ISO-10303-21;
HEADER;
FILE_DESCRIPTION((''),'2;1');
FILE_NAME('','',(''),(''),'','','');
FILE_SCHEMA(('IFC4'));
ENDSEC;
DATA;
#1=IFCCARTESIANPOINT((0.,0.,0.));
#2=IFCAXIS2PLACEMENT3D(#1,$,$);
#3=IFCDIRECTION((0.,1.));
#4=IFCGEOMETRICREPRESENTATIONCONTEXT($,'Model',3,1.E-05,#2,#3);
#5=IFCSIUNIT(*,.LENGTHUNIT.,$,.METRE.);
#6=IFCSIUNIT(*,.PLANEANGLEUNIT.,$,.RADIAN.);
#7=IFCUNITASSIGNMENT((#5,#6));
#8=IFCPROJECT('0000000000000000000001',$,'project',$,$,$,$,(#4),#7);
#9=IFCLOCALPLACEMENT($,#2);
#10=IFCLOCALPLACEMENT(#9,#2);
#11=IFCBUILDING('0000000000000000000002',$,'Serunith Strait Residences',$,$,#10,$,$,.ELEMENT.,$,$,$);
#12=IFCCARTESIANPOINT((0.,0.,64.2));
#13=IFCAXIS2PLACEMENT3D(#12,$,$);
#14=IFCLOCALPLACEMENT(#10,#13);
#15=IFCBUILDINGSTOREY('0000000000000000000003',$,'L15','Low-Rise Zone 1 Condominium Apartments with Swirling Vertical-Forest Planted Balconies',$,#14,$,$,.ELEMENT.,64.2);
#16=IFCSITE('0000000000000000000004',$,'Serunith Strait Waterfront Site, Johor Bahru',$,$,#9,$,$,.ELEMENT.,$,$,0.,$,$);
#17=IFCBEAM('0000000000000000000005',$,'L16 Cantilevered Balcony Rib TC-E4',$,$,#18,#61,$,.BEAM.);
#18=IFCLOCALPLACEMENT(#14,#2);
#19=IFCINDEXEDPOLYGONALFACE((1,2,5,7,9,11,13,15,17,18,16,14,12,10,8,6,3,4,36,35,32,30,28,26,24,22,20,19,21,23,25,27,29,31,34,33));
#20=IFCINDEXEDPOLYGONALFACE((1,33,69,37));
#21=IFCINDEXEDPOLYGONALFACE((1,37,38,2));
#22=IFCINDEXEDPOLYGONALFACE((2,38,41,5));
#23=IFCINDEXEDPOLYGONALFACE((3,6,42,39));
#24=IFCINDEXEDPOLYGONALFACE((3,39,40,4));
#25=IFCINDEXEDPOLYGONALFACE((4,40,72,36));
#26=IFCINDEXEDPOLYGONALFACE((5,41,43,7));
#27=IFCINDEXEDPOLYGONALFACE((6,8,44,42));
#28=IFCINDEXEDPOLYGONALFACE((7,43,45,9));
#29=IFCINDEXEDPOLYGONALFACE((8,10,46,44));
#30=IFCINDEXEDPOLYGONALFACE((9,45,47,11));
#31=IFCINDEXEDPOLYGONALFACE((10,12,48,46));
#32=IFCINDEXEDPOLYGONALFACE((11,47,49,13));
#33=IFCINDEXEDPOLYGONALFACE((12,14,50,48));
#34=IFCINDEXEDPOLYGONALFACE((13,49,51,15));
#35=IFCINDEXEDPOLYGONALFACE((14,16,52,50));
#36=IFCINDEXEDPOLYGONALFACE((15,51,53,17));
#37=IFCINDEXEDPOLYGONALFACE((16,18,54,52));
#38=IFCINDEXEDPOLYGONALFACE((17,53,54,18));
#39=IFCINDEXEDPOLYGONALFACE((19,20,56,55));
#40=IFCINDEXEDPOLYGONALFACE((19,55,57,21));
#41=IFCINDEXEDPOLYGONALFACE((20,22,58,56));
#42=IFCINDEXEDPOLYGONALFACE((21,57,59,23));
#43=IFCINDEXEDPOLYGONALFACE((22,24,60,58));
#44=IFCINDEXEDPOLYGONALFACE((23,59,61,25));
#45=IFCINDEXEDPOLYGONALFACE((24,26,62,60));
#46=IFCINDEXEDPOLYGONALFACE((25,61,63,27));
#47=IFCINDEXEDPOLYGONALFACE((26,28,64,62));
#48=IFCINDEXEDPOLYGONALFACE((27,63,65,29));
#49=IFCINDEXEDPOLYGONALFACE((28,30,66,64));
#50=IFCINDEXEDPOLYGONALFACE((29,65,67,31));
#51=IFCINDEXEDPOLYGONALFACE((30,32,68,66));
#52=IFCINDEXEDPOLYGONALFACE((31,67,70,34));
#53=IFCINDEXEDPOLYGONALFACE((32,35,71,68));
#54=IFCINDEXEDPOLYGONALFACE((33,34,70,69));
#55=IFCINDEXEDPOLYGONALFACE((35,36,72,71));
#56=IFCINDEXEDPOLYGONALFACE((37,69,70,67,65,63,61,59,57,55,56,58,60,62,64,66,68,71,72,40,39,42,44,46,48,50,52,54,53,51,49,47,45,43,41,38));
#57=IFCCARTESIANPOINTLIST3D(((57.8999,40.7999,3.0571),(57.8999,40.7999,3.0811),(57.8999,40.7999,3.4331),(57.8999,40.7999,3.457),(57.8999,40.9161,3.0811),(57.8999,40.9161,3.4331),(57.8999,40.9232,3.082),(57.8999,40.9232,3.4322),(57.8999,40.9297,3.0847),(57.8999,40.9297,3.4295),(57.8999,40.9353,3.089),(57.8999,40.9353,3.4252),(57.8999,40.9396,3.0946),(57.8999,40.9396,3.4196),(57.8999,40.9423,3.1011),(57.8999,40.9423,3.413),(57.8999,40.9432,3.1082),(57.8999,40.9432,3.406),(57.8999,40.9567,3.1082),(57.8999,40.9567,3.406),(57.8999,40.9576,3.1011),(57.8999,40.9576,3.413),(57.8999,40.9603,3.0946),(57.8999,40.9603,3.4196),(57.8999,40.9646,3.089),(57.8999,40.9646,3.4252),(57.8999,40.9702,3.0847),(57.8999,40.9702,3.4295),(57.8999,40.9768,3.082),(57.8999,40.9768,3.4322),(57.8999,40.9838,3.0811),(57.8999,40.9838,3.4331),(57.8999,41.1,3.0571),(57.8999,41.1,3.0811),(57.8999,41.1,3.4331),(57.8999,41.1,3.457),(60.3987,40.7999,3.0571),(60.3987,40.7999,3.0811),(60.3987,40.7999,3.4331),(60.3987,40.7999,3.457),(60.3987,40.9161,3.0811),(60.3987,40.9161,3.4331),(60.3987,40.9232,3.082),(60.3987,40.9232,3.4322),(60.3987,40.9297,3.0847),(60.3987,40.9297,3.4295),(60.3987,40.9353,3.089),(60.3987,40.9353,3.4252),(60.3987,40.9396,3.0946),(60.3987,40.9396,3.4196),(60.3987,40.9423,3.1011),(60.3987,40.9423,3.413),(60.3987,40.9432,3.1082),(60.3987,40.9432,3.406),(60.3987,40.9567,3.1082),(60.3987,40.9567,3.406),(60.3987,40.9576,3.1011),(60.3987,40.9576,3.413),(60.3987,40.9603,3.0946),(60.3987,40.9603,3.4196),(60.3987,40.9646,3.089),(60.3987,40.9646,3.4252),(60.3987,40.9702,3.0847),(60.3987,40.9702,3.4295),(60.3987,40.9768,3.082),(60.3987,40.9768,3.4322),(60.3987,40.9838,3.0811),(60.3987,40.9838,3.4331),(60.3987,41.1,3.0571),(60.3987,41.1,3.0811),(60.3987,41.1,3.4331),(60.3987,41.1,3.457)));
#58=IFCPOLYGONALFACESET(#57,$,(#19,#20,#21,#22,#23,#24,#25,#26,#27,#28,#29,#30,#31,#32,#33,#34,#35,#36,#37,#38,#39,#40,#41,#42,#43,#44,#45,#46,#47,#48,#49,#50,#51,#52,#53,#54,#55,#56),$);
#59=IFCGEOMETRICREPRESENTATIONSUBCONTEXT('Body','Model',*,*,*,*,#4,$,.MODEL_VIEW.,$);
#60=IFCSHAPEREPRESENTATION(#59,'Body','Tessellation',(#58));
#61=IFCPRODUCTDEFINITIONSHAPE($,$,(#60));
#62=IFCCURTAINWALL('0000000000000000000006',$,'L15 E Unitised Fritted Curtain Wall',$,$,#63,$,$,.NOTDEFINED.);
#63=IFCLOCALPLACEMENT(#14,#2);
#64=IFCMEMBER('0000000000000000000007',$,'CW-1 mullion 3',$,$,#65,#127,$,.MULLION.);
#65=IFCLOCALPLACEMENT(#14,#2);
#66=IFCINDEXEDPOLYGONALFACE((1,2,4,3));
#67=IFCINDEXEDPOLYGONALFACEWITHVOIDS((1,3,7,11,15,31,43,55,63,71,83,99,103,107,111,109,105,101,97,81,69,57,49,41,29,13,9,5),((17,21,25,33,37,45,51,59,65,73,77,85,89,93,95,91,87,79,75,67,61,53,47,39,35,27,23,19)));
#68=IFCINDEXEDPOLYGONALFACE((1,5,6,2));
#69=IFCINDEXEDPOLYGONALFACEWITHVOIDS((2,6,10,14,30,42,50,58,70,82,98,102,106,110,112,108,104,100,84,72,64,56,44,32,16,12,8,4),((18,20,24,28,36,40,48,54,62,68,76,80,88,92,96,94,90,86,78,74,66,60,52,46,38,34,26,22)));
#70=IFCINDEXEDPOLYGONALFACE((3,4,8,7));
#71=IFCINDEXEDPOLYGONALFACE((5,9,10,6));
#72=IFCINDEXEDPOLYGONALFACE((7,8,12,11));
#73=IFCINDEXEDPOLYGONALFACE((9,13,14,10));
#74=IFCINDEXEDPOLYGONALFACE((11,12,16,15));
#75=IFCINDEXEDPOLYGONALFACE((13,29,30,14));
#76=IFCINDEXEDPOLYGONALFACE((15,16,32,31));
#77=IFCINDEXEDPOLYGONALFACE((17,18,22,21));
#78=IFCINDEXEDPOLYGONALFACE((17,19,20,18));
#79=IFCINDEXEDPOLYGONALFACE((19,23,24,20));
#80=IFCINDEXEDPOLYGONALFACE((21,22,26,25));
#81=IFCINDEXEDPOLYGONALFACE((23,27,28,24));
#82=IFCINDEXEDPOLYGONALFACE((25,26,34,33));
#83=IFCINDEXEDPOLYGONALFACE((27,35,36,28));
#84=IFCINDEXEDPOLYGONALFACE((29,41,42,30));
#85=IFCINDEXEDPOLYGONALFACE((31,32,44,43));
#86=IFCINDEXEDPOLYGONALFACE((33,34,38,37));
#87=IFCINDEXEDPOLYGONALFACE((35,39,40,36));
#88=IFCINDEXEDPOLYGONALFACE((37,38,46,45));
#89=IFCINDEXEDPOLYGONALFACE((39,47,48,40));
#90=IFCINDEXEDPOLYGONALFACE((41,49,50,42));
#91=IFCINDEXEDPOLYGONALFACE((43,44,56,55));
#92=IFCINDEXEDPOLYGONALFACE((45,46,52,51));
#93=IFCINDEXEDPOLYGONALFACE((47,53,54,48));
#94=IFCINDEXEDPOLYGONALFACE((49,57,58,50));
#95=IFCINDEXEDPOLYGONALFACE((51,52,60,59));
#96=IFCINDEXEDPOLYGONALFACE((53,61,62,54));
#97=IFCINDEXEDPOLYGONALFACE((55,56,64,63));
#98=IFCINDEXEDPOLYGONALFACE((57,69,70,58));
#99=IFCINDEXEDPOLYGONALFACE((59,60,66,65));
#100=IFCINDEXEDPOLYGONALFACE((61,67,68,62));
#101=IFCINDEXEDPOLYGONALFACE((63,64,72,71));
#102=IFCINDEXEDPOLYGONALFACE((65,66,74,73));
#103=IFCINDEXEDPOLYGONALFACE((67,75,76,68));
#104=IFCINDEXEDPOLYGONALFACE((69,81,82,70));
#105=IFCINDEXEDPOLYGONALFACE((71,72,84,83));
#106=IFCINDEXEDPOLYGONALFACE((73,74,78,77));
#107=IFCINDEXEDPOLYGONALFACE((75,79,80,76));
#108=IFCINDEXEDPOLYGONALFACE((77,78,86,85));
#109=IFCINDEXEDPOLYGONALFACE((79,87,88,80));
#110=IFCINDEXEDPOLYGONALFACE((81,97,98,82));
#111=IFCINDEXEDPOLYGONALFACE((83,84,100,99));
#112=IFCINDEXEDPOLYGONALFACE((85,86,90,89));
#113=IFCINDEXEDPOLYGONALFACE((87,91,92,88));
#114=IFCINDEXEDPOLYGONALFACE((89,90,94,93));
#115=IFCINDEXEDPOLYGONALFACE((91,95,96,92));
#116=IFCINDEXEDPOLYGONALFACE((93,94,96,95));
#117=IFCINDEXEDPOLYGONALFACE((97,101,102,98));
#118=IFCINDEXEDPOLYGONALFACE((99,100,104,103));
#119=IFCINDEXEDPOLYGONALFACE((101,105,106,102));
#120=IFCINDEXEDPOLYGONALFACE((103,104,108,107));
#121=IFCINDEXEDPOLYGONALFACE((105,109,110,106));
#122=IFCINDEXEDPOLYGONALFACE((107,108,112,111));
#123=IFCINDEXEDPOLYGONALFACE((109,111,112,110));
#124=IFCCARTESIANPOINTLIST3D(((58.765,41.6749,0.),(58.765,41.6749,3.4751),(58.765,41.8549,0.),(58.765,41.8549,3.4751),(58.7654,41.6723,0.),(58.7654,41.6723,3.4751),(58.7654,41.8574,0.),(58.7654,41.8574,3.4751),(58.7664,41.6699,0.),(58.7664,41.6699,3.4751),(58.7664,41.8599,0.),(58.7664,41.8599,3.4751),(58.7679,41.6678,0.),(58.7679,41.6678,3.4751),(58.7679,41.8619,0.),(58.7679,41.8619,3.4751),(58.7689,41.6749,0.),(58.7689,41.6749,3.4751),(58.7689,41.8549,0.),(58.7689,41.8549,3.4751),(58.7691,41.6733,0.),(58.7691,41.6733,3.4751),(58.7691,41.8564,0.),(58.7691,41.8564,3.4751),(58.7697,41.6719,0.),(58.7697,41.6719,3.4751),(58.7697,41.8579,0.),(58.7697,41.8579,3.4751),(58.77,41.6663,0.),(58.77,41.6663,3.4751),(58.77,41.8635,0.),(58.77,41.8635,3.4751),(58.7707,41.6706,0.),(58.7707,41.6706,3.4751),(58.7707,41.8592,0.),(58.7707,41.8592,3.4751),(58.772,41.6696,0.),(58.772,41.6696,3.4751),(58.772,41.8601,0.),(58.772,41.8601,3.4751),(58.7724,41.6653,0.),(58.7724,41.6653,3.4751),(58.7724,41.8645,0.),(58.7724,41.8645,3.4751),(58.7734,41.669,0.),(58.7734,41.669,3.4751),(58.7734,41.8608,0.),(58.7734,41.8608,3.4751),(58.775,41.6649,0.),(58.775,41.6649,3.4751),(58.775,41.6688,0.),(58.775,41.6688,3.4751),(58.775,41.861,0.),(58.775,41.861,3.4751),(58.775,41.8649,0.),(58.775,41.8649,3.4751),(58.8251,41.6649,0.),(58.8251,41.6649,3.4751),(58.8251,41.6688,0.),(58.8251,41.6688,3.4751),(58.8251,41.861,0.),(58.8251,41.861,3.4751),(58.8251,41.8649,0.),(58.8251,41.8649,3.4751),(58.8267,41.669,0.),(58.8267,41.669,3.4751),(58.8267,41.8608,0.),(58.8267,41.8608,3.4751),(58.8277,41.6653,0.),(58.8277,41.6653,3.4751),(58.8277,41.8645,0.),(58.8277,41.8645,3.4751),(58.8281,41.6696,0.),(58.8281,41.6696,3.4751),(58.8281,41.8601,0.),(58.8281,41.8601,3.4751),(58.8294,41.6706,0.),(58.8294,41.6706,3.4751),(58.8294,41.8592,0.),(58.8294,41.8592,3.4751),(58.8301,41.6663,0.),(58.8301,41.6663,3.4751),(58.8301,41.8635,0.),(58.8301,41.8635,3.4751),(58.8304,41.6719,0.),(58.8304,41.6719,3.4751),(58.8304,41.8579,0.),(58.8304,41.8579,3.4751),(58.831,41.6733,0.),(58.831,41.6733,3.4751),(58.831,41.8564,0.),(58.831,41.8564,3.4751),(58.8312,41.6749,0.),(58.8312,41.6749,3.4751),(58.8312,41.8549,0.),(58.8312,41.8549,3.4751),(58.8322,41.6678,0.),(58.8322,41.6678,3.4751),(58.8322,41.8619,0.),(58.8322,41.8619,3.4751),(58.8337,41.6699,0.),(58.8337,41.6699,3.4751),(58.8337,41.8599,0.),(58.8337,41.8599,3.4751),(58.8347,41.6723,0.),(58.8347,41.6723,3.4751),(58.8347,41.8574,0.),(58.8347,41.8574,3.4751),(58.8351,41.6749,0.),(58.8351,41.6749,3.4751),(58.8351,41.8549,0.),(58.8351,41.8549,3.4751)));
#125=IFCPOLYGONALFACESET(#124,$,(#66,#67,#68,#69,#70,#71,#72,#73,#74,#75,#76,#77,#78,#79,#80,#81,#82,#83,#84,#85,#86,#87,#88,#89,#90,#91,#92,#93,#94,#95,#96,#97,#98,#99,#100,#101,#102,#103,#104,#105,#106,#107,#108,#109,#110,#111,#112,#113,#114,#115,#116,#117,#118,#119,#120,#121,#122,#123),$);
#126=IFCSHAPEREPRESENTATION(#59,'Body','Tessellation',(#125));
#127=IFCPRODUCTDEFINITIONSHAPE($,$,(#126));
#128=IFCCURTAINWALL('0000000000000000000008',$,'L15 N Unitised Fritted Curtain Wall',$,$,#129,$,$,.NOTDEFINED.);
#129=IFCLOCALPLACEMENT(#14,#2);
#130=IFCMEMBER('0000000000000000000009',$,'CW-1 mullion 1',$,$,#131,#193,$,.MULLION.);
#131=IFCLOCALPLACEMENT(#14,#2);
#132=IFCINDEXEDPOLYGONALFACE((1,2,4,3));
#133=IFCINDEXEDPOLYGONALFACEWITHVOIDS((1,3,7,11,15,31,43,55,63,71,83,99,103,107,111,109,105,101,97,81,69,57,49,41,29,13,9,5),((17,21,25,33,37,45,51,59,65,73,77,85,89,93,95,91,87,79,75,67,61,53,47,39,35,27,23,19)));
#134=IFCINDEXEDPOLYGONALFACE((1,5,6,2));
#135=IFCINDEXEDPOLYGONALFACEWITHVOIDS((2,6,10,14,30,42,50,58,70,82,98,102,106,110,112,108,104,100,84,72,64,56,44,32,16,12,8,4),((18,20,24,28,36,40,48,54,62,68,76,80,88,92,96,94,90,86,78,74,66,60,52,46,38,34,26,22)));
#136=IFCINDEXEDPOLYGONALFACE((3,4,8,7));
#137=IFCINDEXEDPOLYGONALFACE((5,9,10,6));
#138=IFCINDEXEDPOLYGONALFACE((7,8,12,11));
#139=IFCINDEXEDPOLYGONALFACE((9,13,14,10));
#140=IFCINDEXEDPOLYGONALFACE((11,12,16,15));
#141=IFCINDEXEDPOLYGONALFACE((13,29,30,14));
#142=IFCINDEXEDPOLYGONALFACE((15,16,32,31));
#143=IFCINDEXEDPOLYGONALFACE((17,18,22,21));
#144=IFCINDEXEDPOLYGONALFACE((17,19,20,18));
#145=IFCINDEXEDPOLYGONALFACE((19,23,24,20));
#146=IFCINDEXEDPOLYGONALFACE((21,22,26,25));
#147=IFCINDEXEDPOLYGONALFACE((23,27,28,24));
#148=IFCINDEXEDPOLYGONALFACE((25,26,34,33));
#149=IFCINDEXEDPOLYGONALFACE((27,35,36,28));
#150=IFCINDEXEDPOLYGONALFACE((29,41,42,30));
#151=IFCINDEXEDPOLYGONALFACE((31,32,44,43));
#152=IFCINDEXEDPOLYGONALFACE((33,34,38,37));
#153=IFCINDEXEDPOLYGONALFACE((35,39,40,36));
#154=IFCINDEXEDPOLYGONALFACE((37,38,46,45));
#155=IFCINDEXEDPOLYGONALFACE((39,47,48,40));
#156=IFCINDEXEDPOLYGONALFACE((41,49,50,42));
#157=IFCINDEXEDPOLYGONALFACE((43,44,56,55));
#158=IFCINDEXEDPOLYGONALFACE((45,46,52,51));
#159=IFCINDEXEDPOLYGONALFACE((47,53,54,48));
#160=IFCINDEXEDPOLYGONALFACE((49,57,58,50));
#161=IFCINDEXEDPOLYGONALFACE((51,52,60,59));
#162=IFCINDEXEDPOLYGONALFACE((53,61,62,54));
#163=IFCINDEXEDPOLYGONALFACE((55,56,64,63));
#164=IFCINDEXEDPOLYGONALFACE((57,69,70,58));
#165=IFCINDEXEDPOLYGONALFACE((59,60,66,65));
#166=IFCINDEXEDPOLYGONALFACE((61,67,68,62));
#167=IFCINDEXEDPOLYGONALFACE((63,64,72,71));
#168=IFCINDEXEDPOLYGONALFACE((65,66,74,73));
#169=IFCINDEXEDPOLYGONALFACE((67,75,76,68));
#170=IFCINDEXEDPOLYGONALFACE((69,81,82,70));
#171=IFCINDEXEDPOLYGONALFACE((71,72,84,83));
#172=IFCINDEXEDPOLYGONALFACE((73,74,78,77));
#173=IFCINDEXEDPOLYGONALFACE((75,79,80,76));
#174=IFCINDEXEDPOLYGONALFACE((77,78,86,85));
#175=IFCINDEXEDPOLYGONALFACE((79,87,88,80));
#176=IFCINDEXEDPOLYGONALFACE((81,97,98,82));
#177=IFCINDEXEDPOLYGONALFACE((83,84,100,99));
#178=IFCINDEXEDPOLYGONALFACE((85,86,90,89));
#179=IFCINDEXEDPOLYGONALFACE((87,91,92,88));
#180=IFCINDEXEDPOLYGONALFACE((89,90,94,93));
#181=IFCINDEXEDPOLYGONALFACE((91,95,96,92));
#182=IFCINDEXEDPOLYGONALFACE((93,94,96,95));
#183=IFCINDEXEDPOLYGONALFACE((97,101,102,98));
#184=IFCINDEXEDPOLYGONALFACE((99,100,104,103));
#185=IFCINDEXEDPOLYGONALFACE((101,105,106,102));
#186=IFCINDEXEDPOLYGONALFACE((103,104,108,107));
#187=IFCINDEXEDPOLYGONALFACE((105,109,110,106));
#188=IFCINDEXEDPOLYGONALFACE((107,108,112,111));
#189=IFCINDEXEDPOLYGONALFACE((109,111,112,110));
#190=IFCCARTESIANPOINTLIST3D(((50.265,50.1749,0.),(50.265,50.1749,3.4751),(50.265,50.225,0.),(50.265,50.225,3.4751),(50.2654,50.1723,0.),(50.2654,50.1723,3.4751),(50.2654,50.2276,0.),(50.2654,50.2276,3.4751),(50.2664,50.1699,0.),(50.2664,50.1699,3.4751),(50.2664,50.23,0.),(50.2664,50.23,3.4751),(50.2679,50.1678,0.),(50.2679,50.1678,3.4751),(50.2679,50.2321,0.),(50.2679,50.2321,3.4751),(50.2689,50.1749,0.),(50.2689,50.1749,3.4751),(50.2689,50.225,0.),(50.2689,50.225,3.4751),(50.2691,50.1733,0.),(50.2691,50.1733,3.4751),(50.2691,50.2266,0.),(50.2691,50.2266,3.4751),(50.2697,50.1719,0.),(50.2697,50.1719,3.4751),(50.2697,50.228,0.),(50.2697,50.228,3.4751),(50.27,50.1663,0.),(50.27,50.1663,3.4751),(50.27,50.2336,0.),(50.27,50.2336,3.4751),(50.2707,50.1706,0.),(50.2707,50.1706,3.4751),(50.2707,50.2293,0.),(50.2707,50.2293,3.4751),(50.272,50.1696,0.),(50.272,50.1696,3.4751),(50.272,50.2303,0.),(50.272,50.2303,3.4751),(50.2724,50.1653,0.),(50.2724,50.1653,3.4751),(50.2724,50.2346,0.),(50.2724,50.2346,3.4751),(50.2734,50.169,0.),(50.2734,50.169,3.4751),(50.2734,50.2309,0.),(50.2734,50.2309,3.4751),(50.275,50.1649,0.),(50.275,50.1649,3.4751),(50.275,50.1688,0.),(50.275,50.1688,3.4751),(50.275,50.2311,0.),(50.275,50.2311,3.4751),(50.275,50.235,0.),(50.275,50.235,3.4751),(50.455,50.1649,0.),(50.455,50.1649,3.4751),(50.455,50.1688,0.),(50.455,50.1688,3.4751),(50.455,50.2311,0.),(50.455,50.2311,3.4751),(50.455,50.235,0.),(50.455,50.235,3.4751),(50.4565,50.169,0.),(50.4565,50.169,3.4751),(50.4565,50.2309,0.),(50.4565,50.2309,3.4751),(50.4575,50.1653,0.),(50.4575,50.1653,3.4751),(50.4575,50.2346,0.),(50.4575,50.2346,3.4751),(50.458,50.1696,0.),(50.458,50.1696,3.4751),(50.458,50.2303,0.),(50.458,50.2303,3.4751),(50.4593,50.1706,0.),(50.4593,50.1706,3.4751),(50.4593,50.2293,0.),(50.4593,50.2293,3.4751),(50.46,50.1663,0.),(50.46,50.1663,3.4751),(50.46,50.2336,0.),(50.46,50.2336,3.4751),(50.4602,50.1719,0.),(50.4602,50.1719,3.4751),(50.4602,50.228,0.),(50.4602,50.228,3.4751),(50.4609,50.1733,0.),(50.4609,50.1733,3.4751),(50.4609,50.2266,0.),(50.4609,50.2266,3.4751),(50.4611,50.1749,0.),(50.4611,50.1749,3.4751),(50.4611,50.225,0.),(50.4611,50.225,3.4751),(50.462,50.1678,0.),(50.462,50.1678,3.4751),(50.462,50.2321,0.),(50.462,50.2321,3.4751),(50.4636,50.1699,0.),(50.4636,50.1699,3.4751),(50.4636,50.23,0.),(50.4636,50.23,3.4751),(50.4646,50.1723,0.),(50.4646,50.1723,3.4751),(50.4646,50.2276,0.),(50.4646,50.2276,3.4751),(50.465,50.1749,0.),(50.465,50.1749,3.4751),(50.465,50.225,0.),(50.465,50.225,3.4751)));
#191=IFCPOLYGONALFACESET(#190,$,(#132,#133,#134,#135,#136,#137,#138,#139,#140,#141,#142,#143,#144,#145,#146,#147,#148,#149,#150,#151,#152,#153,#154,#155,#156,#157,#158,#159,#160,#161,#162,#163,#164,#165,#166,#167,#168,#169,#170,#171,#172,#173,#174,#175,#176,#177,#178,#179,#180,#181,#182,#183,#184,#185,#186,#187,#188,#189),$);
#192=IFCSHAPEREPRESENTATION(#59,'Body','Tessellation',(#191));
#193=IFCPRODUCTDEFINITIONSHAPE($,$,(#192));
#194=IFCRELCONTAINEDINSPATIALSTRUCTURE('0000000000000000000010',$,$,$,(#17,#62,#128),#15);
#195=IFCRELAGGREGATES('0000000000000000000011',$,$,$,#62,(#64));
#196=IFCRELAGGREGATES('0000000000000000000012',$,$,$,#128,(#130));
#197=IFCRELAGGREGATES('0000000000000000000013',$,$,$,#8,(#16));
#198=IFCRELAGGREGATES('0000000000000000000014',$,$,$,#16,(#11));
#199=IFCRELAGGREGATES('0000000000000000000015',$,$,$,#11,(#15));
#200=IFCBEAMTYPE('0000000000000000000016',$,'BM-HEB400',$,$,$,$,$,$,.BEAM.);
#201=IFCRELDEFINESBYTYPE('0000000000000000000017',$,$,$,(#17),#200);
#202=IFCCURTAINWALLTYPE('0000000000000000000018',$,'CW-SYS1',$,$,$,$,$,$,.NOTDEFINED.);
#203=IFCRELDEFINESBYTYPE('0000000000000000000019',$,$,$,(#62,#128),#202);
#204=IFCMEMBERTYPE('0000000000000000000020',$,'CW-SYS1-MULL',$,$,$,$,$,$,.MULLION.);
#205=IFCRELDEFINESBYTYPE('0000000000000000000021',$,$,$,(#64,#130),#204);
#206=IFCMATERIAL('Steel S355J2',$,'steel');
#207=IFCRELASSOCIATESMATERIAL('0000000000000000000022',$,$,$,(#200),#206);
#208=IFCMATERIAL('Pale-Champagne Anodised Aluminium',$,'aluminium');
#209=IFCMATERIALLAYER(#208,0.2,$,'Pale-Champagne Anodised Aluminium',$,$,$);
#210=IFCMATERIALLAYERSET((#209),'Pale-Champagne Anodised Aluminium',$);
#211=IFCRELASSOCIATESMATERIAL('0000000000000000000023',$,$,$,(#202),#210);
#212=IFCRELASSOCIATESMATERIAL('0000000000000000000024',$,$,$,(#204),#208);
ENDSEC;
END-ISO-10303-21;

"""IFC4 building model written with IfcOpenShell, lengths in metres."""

from ifc_helpers import new_model, si_unit, direction, frame, origin, origin_2d, place, context, subcontext, project, spatial, hollow_rectangle, i_section, extrude, source, transform, mapped, material, layer, layer_set, material_profile, profile_set, type_object, element, aggregate, save


model = new_model("IFC4")

# Units and contexts
model_context = context("Model", 3, precision=1e-05, world=origin(), true_north=direction((0.0, 1.0)))
body_context = subcontext(model_context, "Body", "Model", "MODEL_VIEW")
ifc_project = project(units=[si_unit("LENGTHUNIT", "METRE"), si_unit("PLANEANGLEUNIT", "RADIAN")], contexts=[model_context])

# Site, building, storey
site_placement = place(None, origin())
site = spatial("IfcSite", under=ifc_project, at=site_placement, Name="Serunith Strait Waterfront Site, Johor Bahru", CompositionType="ELEMENT", RefElevation=0.0)
building_placement = place(site_placement, origin())
building = spatial("IfcBuilding", under=site, at=building_placement, Name="Serunith Strait Residences", CompositionType="ELEMENT")
storey_placement = place(building_placement, frame((0.0, 0.0, 64.2)))
storey = spatial("IfcBuildingStorey", under=building, at=storey_placement, Name="L15", Description="Low-Rise Zone 1 Condominium Apartments with Swirling Vertical-Forest Planted Balconies", CompositionType="ELEMENT", Elevation=64.2)

# Beam
ifc_material_1 = material(Name="Steel S355J2", Category="steel")
ifc_material_profile_1 = material_profile(ifc_material_1, i_section(OverallWidth=0.3, OverallDepth=0.3999, WebThickness=0.0134, FlangeThickness=0.0239, FilletRadius=0.0271, at=origin_2d()), Name="HEB 400")
ifc_profile_set_1 = profile_set([ifc_material_profile_1], Name="Steel S355J2")
beam_type_1 = type_object("IfcBeamType", Name="BM-HEB400", PredefinedType="BEAM", material=ifc_profile_set_1)
shared_shape_1 = source(origin(), body_context, "Body", "SweptSolid", [
    extrude(i_section(OverallWidth=0.3, OverallDepth=0.3999, WebThickness=0.0134, FlangeThickness=0.0239, FilletRadius=0.0271, at=origin_2d()), origin(), (0.0, 0.0, 1.0), 2.4988),
])
beam_1_placement = place(storey_placement, frame((57.8999, 40.95, 3.2571), z_axis=(1.0, 0.0, 0.0), x_axis=(0.0, 1.0, 0.0)))
element("IfcBeam", 1, at=beam_1_placement, inside=storey, type_object=beam_type_1, Name="L16 Cantilevered Balcony Rib TC-E4", PredefinedType="BEAM", context=body_context, shape_type="MappedRepresentation", body=[
    mapped(shared_shape_1, transform((0.0, 0.0, 0.0), scale=1.0)),
])

# Curtain wall, member
ifc_material_2 = material(Name="Pale-Champagne Anodised Aluminium", Category="aluminium")
ifc_layer_1 = layer(ifc_material_2, 0.2, Name="Pale-Champagne Anodised Aluminium")
ifc_layer_set_1 = layer_set([ifc_layer_1], Name="Pale-Champagne Anodised Aluminium")
curtain_wall_type = type_object("IfcCurtainWallType", Name="CW-SYS1", PredefinedType="NOTDEFINED", material=ifc_layer_set_1)
curtain_wall_1_placement = place(storey_placement, origin())
curtain_wall_1 = element("IfcCurtainWall", 2, at=curtain_wall_1_placement, inside=storey, type_object=curtain_wall_type, Name="L15 E Unitised Fritted Curtain Wall", PredefinedType="NOTDEFINED")
ifc_material_profile_2 = material_profile(ifc_material_2, hollow_rectangle(XDim=0.0701, YDim=0.2, WallThickness=0.0039, InnerFilletRadius=0.0061, OuterFilletRadius=0.01, at=origin_2d()), Name="ALU 200x70x4")
ifc_profile_set_2 = profile_set([ifc_material_profile_2], Name="Pale-Champagne Anodised Aluminium")
member_type_1 = type_object("IfcMemberType", Name="CW-SYS1-MULL", PredefinedType="MULLION", material=ifc_profile_set_2)
shared_shape_2 = source(origin(), body_context, "Body", "SweptSolid", [
    extrude(hollow_rectangle(XDim=0.0701, YDim=0.2, WallThickness=0.0039, InnerFilletRadius=0.0061, OuterFilletRadius=0.01, at=origin_2d()), origin(), (0.0, 0.0, 1.0), 3.4751),
])
member_1_placement = place(storey_placement, frame((58.8, 41.7649, 0.0), z_axis=(0.0, 0.0, 1.0), x_axis=(-1.0, 0.0, 0.0)))
member_1 = element("IfcMember", 3, at=member_1_placement, type_object=member_type_1, Name="CW-1 mullion 3", PredefinedType="MULLION", context=body_context, shape_type="MappedRepresentation", body=[
    mapped(shared_shape_2, transform((0.0, 0.0, 0.0), scale=1.0)),
])
aggregate(curtain_wall_1, [member_1])

# Curtain wall, member
curtain_wall_2_placement = place(storey_placement, origin())
curtain_wall_2 = element("IfcCurtainWall", 4, at=curtain_wall_2_placement, inside=storey, type_object=curtain_wall_type, Name="L15 N Unitised Fritted Curtain Wall", PredefinedType="NOTDEFINED")
member_2_placement = place(storey_placement, frame((50.365, 50.2, 0.0), z_axis=(0.0, 0.0, 1.0), x_axis=(0.0, -1.0, 0.0)))
member_2 = element("IfcMember", 5, at=member_2_placement, type_object=member_type_1, Name="CW-1 mullion 1", PredefinedType="MULLION", context=body_context, shape_type="MappedRepresentation", body=[
    mapped(shared_shape_2, transform((0.0, 0.0, 0.0), scale=1.0)),
])
aggregate(curtain_wall_2, [member_2])

save(model, "model.ifc")
